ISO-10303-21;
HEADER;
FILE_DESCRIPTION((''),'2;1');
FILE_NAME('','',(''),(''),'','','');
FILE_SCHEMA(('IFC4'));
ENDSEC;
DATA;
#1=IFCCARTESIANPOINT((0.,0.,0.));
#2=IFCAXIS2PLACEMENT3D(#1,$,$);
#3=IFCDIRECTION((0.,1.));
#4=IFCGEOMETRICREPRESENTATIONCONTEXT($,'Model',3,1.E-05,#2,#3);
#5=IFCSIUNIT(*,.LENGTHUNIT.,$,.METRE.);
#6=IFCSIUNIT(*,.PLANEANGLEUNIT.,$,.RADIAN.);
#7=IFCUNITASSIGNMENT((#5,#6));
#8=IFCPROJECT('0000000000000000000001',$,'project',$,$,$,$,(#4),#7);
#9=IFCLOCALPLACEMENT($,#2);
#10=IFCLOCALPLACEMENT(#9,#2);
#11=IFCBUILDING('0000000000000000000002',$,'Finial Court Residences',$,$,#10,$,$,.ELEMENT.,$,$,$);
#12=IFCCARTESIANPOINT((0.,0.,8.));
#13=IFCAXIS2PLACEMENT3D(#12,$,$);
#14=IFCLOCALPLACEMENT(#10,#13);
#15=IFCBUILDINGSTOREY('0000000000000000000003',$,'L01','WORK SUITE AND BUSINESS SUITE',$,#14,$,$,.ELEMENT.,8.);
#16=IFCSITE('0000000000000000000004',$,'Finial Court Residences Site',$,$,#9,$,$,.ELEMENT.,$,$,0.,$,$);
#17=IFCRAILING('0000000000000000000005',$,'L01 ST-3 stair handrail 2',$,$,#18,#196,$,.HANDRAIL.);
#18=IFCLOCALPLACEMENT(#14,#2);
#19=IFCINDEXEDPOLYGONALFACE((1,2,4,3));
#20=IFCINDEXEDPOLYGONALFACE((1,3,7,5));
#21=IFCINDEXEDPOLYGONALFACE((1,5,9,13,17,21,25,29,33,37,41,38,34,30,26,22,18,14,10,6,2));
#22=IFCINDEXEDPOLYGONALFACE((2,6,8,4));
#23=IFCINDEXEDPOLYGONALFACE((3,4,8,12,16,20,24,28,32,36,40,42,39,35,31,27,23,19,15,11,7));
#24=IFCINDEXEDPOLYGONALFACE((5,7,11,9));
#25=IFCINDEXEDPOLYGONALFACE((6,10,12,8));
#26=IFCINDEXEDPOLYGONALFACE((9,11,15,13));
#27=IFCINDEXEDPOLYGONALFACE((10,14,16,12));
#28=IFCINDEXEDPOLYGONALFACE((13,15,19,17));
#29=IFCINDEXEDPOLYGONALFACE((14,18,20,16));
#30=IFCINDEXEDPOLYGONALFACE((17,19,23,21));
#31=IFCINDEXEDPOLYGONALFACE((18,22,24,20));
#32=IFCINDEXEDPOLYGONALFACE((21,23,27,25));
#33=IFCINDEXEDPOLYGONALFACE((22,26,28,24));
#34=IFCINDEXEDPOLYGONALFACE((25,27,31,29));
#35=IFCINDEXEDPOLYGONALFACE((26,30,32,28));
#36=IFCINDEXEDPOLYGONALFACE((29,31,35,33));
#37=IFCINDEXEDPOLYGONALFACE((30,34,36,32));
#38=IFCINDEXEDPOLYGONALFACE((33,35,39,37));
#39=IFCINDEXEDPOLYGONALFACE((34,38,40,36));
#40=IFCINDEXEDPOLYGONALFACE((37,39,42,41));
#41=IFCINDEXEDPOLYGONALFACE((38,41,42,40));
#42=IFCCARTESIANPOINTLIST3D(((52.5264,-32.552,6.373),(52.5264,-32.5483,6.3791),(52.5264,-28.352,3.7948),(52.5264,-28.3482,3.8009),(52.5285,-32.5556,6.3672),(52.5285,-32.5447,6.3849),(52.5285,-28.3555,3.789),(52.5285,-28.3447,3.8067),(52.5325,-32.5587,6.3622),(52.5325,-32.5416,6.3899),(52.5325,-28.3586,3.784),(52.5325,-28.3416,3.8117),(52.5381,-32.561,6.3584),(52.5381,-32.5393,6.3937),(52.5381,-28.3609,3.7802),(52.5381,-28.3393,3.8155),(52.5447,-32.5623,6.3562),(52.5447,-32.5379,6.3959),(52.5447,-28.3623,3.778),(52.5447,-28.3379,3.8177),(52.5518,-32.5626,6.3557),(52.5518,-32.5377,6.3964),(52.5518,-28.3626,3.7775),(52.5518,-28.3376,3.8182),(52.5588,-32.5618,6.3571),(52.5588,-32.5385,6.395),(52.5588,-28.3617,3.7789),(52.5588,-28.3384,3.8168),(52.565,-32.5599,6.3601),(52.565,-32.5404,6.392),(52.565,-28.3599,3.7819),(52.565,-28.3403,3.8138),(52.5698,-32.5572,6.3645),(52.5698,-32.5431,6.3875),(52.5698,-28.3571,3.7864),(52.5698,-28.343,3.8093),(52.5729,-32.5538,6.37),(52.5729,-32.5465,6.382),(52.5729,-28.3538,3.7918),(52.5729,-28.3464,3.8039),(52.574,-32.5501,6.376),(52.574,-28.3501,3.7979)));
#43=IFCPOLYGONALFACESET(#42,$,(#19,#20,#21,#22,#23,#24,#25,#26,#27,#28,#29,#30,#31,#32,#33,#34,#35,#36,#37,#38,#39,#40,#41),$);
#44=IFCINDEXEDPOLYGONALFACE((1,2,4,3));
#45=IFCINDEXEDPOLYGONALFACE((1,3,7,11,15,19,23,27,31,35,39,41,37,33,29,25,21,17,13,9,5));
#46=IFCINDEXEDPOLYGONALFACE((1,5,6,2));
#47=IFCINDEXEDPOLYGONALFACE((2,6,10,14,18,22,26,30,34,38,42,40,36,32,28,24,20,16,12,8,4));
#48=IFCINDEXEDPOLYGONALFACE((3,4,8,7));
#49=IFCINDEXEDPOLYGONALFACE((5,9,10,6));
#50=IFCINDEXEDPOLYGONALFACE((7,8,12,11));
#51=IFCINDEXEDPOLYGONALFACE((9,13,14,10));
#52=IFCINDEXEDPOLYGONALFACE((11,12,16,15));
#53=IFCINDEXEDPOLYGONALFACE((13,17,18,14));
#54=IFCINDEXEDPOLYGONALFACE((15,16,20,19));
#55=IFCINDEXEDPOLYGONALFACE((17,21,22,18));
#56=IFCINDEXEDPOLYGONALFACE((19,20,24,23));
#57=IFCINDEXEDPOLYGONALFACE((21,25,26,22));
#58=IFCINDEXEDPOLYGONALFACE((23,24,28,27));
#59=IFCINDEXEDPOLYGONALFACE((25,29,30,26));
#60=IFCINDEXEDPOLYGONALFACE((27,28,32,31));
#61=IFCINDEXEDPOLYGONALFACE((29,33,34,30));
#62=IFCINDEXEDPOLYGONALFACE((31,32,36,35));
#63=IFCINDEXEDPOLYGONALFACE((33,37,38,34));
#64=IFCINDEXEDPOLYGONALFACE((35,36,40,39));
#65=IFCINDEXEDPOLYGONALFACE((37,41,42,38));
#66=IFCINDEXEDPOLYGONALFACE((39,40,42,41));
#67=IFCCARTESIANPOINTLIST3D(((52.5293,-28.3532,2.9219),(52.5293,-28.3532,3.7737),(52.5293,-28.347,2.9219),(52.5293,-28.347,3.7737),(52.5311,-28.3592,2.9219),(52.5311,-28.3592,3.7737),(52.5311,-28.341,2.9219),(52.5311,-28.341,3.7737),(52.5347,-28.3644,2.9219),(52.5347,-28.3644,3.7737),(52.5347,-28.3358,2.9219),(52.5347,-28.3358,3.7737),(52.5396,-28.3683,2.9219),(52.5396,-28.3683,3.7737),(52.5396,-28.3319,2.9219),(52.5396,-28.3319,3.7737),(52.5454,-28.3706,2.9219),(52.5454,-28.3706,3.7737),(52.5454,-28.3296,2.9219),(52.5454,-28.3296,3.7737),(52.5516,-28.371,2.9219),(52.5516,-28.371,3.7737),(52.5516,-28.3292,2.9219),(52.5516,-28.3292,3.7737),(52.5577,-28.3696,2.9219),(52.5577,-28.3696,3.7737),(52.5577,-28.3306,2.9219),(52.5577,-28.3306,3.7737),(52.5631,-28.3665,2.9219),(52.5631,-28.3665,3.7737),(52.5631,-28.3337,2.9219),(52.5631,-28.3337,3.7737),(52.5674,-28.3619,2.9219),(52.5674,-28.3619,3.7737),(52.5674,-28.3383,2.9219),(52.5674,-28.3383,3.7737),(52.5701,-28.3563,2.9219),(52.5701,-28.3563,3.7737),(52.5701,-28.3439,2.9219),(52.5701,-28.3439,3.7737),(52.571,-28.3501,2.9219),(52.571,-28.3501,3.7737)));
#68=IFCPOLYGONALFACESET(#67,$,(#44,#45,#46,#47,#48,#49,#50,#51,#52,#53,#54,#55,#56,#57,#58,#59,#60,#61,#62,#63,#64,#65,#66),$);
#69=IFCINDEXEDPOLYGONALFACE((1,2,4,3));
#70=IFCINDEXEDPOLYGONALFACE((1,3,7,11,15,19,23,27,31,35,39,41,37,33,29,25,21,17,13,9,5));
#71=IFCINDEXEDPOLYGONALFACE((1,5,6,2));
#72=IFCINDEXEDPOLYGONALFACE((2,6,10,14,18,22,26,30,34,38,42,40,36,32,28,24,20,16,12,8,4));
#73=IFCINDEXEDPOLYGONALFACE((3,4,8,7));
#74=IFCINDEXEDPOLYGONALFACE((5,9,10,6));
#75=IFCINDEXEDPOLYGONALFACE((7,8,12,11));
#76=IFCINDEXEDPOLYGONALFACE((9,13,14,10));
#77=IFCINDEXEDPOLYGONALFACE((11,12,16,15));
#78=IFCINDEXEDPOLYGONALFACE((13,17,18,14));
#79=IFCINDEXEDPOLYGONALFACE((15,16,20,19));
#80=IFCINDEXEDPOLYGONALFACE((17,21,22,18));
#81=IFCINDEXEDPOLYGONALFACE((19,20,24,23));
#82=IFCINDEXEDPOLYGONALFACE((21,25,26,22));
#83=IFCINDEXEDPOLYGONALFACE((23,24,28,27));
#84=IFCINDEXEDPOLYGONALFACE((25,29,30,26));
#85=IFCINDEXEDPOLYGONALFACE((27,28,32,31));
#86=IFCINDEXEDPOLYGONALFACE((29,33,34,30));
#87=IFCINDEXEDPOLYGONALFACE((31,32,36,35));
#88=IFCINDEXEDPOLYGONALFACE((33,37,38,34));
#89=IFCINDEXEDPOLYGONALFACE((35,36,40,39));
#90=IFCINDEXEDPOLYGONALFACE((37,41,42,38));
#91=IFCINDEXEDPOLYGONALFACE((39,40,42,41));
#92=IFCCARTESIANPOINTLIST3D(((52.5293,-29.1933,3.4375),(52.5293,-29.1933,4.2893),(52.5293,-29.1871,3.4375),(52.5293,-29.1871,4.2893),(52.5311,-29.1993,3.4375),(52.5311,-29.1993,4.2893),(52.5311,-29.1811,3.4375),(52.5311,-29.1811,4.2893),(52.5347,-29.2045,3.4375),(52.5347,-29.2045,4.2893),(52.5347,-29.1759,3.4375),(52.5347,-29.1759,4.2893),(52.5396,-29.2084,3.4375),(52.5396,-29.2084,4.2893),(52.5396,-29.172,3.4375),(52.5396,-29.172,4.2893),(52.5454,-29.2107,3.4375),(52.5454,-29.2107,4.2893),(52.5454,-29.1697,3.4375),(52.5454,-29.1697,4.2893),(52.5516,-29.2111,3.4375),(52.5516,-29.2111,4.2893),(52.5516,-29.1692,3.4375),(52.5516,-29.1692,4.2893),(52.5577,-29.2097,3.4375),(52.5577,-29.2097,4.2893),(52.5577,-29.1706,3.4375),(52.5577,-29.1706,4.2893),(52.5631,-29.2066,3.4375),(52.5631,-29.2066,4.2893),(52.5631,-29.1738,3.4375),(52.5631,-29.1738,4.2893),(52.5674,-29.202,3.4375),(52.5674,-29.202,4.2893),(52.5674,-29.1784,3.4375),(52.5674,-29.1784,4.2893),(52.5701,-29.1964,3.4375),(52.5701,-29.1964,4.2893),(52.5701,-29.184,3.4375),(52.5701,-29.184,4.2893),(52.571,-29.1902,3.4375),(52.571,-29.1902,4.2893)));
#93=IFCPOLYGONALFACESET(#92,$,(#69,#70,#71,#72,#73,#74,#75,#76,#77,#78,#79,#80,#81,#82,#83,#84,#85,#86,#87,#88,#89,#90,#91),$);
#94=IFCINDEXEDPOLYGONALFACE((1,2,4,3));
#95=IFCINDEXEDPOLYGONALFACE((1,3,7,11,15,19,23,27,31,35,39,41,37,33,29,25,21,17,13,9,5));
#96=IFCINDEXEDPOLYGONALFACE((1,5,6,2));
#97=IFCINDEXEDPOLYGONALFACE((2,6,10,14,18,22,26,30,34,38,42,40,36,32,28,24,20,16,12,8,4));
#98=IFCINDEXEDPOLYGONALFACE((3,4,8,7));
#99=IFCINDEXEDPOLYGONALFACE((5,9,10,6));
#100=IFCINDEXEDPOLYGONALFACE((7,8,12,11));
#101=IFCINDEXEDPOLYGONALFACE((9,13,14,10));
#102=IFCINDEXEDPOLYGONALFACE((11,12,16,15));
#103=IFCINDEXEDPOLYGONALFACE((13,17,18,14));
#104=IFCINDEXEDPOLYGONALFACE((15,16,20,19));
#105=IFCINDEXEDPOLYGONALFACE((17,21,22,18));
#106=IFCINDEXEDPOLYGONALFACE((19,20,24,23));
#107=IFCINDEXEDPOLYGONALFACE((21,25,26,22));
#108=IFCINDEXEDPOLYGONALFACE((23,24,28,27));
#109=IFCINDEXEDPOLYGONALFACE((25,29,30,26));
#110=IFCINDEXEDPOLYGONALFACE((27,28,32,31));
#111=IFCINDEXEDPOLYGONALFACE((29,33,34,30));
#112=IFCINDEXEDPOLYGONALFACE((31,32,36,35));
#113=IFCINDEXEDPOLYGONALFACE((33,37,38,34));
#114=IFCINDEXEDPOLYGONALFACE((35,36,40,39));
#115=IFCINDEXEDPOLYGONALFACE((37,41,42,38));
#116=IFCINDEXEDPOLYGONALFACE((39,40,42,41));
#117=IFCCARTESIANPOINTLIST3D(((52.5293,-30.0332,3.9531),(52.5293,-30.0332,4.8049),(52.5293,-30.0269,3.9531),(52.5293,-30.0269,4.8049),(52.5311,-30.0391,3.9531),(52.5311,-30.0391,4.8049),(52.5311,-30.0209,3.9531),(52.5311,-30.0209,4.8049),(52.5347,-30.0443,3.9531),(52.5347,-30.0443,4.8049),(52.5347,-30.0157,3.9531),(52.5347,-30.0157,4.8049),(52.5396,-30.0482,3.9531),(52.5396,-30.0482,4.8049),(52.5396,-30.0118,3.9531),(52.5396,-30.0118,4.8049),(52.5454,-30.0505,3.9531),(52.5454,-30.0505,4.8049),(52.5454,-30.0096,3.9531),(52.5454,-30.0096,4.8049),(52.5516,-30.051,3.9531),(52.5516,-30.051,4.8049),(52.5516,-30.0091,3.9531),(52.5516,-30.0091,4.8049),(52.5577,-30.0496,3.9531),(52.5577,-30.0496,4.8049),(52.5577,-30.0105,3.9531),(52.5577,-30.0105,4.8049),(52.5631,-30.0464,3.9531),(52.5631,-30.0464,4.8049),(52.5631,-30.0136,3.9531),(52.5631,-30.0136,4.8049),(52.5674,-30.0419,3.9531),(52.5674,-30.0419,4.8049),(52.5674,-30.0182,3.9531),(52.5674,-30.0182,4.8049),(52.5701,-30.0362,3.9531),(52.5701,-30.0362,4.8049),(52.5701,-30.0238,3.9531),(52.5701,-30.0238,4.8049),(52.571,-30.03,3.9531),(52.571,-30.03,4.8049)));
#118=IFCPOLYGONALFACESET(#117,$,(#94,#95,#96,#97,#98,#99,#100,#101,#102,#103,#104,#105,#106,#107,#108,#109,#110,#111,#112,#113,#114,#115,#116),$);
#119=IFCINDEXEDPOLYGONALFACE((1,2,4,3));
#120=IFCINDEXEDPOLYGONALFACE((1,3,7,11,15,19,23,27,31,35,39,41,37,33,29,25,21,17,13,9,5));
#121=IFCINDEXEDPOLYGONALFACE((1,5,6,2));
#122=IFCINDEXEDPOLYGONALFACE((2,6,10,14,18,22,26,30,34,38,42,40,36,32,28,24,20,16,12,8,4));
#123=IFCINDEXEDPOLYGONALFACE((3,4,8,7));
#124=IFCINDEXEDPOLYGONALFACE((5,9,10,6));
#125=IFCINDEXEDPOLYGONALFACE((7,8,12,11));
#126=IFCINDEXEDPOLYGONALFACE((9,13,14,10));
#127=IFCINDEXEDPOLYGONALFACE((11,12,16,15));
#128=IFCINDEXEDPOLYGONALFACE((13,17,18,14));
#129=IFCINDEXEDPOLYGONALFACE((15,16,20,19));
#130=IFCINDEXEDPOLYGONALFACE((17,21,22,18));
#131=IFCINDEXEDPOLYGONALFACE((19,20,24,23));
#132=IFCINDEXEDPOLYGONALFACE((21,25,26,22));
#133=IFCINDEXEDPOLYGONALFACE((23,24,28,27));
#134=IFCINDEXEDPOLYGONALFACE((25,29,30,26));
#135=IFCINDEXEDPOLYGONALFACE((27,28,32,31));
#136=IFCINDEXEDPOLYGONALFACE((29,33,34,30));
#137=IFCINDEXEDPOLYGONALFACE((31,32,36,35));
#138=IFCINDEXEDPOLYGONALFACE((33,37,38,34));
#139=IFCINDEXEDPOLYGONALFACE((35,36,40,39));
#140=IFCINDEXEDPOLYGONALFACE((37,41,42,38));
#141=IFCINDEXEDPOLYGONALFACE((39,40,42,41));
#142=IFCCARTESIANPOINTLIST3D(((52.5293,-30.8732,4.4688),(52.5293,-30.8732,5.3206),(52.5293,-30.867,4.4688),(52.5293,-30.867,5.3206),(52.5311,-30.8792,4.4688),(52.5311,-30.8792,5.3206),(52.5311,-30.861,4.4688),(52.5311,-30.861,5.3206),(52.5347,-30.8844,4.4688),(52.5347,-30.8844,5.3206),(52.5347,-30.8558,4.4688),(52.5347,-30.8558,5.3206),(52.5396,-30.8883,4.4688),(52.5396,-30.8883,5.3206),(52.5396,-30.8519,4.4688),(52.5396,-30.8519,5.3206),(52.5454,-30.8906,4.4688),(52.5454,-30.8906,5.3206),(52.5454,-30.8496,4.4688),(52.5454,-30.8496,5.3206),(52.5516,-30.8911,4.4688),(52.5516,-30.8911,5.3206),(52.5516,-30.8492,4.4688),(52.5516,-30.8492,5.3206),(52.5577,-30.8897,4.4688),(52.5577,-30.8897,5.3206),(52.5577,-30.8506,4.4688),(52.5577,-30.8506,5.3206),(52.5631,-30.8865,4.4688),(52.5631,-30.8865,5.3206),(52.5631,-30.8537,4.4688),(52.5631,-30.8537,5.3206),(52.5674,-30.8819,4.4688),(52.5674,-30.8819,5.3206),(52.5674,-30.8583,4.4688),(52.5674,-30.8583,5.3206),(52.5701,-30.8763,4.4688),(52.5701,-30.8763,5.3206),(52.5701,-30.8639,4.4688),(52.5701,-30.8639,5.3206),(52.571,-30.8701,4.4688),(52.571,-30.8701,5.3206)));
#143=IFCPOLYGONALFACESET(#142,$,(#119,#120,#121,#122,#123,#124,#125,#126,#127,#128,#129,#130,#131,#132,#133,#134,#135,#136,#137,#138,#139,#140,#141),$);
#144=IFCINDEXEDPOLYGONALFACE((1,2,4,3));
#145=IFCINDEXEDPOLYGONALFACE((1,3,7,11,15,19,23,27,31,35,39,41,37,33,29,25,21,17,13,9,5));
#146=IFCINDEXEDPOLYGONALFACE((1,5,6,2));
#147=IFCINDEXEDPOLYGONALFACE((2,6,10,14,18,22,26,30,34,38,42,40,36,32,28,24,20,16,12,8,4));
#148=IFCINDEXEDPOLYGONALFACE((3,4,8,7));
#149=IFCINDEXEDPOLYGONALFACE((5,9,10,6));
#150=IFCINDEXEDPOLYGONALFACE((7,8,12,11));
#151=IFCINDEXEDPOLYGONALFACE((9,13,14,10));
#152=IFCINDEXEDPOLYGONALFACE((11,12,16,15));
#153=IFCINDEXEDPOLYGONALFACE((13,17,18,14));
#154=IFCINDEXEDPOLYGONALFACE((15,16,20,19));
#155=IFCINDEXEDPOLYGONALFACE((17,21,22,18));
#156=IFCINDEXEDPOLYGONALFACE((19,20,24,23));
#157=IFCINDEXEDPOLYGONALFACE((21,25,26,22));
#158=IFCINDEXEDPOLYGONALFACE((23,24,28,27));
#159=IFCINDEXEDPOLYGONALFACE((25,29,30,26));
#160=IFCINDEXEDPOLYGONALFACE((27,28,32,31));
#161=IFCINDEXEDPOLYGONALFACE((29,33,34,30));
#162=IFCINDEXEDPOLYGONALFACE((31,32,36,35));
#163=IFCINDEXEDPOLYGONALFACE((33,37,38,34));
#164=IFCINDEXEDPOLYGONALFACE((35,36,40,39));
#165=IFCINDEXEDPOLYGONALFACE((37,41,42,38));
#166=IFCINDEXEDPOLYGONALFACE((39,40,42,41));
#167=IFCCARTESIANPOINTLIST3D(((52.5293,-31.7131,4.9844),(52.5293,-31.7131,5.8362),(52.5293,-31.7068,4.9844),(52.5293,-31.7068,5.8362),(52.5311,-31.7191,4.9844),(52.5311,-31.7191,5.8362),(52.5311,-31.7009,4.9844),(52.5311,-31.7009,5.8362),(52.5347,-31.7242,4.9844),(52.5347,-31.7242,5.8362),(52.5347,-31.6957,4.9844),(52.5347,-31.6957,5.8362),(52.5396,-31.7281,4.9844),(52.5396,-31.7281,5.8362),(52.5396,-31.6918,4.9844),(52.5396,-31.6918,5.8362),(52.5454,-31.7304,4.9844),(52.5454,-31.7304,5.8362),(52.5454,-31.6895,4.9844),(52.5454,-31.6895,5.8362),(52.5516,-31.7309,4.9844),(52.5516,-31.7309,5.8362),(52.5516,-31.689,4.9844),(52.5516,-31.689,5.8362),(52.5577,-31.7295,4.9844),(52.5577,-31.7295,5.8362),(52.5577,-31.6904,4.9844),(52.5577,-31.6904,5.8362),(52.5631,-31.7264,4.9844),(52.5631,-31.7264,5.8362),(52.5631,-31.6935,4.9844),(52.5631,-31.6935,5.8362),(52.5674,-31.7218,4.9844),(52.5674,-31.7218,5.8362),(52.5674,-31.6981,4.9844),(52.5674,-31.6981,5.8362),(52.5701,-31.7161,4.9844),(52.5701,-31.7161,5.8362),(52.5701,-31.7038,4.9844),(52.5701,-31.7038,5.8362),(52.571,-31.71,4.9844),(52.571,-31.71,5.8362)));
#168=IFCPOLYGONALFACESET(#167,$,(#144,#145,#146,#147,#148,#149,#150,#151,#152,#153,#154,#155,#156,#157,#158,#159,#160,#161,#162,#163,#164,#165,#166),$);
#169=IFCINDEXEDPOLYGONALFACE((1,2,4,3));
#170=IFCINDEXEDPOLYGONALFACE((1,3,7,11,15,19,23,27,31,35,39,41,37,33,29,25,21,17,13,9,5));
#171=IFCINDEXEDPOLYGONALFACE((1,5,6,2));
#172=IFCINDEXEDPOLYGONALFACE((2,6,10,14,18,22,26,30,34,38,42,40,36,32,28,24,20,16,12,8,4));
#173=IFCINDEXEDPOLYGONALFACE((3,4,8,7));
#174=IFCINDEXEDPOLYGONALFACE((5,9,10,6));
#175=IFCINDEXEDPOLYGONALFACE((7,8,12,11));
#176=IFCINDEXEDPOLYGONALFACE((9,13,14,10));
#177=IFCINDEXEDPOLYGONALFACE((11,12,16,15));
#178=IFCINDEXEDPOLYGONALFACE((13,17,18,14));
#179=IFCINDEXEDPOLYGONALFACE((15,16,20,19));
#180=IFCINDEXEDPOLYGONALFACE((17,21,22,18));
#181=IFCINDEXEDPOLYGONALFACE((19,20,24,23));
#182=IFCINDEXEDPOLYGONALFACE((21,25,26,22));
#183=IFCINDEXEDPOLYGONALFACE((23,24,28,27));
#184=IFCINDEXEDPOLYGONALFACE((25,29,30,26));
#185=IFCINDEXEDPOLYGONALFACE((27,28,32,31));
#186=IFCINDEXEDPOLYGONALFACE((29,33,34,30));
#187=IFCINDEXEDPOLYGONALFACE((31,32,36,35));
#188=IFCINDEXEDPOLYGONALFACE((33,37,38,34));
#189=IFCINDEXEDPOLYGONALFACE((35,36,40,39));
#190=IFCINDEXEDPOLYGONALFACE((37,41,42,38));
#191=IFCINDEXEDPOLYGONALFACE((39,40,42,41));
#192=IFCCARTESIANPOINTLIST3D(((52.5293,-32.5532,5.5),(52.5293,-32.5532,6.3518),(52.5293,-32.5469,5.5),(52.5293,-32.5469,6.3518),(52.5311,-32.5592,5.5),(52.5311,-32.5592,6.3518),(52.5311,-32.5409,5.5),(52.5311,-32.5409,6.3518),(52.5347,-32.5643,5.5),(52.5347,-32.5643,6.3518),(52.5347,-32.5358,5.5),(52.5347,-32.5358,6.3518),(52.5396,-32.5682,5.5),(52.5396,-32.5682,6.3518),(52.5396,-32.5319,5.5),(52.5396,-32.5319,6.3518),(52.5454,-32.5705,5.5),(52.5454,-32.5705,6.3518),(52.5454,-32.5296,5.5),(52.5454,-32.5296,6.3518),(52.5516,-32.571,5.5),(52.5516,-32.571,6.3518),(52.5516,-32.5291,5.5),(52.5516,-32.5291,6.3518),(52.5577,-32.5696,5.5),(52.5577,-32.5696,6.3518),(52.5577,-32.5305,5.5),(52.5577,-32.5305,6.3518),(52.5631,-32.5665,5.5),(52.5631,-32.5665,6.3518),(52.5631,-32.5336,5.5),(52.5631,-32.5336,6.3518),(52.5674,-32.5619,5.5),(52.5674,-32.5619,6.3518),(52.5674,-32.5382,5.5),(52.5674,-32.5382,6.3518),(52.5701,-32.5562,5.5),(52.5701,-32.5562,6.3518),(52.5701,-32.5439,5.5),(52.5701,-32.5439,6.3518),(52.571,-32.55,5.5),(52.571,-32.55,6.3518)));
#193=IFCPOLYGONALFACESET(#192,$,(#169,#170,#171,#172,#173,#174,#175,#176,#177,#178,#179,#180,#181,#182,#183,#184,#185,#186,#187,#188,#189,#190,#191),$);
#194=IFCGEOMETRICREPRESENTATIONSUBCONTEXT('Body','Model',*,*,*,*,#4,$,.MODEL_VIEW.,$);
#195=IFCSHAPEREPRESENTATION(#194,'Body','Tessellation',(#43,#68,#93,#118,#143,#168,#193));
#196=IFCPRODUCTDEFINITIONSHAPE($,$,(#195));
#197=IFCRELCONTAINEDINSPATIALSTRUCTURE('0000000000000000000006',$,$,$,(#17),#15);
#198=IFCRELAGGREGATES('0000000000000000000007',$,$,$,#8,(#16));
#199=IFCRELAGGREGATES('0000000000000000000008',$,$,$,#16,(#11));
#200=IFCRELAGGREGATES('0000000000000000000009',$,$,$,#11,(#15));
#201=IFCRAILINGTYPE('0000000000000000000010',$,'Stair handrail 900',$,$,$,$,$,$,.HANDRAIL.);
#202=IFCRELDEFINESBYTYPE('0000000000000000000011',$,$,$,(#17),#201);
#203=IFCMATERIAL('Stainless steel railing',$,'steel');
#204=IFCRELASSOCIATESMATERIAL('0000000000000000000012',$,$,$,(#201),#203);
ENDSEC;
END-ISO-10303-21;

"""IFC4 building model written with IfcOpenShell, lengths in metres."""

from ifc_helpers import new_model, si_unit, direction, frame, origin, origin_2d, place, context, subcontext, project, spatial, circle, extrude, material, type_object, element, save


model = new_model("IFC4")

# Units and contexts
model_context = context("Model", 3, precision=1e-05, world=origin(), true_north=direction((0.0, 1.0)))
body_context = subcontext(model_context, "Body", "Model", "MODEL_VIEW")
ifc_project = project(units=[si_unit("LENGTHUNIT", "METRE"), si_unit("PLANEANGLEUNIT", "RADIAN")], contexts=[model_context])

# Site, building, storey
site_placement = place(None, origin())
site = spatial("IfcSite", under=ifc_project, at=site_placement, Name="Finial Court Residences Site", CompositionType="ELEMENT", RefElevation=0.0)
building_placement = place(site_placement, origin())
building = spatial("IfcBuilding", under=site, at=building_placement, Name="Finial Court Residences", CompositionType="ELEMENT")
storey_placement = place(building_placement, frame((0.0, 0.0, 8.0)))
storey = spatial("IfcBuildingStorey", under=building, at=storey_placement, Name="L01", Description="WORK SUITE AND BUSINESS SUITE", CompositionType="ELEMENT", Elevation=8.0)

# Railing
ifc_material_1 = material(Name="Stainless steel railing", Category="steel")
railing_type = type_object("IfcRailingType", Name="Stair handrail 900", PredefinedType="HANDRAIL", material=ifc_material_1)
railing_placement = place(storey_placement, frame((52.55, -28.3501, 2.9219)))
element("IfcRailing", 1, at=railing_placement, inside=storey, type_object=railing_type, Name="L01 ST-3 stair handrail 2", PredefinedType="HANDRAIL", context=body_context, shape_type="SweptSolid", body=[
    extrude(circle(Radius=0.0239, at=origin_2d()), frame((0.0, 0.0, 0.876), z_axis=(0.0, -0.852243, 0.523146), x_axis=(1.0, 0.0, 0.0)), (0.0, 0.0, 1.0), 4.9282),
    extrude(circle(Radius=0.021, at=origin_2d()), origin(), (0.0, 0.0, 1.0), 0.8518),
    extrude(circle(Radius=0.021, at=origin_2d()), frame((0.0, -0.8401, 0.5156)), (0.0, 0.0, 1.0), 0.8518),
    extrude(circle(Radius=0.021, at=origin_2d()), frame((0.0, -1.6799, 1.0312)), (0.0, 0.0, 1.0), 0.8518),
    extrude(circle(Radius=0.021, at=origin_2d()), frame((0.0, -2.52, 1.5469)), (0.0, 0.0, 1.0), 0.8518),
    extrude(circle(Radius=0.021, at=origin_2d()), frame((0.0, -3.3599, 2.0625)), (0.0, 0.0, 1.0), 0.8518),
    extrude(circle(Radius=0.021, at=origin_2d()), frame((0.0, -4.2, 2.5781)), (0.0, 0.0, 1.0), 0.8518),
])

save(model, "model.ifc")
